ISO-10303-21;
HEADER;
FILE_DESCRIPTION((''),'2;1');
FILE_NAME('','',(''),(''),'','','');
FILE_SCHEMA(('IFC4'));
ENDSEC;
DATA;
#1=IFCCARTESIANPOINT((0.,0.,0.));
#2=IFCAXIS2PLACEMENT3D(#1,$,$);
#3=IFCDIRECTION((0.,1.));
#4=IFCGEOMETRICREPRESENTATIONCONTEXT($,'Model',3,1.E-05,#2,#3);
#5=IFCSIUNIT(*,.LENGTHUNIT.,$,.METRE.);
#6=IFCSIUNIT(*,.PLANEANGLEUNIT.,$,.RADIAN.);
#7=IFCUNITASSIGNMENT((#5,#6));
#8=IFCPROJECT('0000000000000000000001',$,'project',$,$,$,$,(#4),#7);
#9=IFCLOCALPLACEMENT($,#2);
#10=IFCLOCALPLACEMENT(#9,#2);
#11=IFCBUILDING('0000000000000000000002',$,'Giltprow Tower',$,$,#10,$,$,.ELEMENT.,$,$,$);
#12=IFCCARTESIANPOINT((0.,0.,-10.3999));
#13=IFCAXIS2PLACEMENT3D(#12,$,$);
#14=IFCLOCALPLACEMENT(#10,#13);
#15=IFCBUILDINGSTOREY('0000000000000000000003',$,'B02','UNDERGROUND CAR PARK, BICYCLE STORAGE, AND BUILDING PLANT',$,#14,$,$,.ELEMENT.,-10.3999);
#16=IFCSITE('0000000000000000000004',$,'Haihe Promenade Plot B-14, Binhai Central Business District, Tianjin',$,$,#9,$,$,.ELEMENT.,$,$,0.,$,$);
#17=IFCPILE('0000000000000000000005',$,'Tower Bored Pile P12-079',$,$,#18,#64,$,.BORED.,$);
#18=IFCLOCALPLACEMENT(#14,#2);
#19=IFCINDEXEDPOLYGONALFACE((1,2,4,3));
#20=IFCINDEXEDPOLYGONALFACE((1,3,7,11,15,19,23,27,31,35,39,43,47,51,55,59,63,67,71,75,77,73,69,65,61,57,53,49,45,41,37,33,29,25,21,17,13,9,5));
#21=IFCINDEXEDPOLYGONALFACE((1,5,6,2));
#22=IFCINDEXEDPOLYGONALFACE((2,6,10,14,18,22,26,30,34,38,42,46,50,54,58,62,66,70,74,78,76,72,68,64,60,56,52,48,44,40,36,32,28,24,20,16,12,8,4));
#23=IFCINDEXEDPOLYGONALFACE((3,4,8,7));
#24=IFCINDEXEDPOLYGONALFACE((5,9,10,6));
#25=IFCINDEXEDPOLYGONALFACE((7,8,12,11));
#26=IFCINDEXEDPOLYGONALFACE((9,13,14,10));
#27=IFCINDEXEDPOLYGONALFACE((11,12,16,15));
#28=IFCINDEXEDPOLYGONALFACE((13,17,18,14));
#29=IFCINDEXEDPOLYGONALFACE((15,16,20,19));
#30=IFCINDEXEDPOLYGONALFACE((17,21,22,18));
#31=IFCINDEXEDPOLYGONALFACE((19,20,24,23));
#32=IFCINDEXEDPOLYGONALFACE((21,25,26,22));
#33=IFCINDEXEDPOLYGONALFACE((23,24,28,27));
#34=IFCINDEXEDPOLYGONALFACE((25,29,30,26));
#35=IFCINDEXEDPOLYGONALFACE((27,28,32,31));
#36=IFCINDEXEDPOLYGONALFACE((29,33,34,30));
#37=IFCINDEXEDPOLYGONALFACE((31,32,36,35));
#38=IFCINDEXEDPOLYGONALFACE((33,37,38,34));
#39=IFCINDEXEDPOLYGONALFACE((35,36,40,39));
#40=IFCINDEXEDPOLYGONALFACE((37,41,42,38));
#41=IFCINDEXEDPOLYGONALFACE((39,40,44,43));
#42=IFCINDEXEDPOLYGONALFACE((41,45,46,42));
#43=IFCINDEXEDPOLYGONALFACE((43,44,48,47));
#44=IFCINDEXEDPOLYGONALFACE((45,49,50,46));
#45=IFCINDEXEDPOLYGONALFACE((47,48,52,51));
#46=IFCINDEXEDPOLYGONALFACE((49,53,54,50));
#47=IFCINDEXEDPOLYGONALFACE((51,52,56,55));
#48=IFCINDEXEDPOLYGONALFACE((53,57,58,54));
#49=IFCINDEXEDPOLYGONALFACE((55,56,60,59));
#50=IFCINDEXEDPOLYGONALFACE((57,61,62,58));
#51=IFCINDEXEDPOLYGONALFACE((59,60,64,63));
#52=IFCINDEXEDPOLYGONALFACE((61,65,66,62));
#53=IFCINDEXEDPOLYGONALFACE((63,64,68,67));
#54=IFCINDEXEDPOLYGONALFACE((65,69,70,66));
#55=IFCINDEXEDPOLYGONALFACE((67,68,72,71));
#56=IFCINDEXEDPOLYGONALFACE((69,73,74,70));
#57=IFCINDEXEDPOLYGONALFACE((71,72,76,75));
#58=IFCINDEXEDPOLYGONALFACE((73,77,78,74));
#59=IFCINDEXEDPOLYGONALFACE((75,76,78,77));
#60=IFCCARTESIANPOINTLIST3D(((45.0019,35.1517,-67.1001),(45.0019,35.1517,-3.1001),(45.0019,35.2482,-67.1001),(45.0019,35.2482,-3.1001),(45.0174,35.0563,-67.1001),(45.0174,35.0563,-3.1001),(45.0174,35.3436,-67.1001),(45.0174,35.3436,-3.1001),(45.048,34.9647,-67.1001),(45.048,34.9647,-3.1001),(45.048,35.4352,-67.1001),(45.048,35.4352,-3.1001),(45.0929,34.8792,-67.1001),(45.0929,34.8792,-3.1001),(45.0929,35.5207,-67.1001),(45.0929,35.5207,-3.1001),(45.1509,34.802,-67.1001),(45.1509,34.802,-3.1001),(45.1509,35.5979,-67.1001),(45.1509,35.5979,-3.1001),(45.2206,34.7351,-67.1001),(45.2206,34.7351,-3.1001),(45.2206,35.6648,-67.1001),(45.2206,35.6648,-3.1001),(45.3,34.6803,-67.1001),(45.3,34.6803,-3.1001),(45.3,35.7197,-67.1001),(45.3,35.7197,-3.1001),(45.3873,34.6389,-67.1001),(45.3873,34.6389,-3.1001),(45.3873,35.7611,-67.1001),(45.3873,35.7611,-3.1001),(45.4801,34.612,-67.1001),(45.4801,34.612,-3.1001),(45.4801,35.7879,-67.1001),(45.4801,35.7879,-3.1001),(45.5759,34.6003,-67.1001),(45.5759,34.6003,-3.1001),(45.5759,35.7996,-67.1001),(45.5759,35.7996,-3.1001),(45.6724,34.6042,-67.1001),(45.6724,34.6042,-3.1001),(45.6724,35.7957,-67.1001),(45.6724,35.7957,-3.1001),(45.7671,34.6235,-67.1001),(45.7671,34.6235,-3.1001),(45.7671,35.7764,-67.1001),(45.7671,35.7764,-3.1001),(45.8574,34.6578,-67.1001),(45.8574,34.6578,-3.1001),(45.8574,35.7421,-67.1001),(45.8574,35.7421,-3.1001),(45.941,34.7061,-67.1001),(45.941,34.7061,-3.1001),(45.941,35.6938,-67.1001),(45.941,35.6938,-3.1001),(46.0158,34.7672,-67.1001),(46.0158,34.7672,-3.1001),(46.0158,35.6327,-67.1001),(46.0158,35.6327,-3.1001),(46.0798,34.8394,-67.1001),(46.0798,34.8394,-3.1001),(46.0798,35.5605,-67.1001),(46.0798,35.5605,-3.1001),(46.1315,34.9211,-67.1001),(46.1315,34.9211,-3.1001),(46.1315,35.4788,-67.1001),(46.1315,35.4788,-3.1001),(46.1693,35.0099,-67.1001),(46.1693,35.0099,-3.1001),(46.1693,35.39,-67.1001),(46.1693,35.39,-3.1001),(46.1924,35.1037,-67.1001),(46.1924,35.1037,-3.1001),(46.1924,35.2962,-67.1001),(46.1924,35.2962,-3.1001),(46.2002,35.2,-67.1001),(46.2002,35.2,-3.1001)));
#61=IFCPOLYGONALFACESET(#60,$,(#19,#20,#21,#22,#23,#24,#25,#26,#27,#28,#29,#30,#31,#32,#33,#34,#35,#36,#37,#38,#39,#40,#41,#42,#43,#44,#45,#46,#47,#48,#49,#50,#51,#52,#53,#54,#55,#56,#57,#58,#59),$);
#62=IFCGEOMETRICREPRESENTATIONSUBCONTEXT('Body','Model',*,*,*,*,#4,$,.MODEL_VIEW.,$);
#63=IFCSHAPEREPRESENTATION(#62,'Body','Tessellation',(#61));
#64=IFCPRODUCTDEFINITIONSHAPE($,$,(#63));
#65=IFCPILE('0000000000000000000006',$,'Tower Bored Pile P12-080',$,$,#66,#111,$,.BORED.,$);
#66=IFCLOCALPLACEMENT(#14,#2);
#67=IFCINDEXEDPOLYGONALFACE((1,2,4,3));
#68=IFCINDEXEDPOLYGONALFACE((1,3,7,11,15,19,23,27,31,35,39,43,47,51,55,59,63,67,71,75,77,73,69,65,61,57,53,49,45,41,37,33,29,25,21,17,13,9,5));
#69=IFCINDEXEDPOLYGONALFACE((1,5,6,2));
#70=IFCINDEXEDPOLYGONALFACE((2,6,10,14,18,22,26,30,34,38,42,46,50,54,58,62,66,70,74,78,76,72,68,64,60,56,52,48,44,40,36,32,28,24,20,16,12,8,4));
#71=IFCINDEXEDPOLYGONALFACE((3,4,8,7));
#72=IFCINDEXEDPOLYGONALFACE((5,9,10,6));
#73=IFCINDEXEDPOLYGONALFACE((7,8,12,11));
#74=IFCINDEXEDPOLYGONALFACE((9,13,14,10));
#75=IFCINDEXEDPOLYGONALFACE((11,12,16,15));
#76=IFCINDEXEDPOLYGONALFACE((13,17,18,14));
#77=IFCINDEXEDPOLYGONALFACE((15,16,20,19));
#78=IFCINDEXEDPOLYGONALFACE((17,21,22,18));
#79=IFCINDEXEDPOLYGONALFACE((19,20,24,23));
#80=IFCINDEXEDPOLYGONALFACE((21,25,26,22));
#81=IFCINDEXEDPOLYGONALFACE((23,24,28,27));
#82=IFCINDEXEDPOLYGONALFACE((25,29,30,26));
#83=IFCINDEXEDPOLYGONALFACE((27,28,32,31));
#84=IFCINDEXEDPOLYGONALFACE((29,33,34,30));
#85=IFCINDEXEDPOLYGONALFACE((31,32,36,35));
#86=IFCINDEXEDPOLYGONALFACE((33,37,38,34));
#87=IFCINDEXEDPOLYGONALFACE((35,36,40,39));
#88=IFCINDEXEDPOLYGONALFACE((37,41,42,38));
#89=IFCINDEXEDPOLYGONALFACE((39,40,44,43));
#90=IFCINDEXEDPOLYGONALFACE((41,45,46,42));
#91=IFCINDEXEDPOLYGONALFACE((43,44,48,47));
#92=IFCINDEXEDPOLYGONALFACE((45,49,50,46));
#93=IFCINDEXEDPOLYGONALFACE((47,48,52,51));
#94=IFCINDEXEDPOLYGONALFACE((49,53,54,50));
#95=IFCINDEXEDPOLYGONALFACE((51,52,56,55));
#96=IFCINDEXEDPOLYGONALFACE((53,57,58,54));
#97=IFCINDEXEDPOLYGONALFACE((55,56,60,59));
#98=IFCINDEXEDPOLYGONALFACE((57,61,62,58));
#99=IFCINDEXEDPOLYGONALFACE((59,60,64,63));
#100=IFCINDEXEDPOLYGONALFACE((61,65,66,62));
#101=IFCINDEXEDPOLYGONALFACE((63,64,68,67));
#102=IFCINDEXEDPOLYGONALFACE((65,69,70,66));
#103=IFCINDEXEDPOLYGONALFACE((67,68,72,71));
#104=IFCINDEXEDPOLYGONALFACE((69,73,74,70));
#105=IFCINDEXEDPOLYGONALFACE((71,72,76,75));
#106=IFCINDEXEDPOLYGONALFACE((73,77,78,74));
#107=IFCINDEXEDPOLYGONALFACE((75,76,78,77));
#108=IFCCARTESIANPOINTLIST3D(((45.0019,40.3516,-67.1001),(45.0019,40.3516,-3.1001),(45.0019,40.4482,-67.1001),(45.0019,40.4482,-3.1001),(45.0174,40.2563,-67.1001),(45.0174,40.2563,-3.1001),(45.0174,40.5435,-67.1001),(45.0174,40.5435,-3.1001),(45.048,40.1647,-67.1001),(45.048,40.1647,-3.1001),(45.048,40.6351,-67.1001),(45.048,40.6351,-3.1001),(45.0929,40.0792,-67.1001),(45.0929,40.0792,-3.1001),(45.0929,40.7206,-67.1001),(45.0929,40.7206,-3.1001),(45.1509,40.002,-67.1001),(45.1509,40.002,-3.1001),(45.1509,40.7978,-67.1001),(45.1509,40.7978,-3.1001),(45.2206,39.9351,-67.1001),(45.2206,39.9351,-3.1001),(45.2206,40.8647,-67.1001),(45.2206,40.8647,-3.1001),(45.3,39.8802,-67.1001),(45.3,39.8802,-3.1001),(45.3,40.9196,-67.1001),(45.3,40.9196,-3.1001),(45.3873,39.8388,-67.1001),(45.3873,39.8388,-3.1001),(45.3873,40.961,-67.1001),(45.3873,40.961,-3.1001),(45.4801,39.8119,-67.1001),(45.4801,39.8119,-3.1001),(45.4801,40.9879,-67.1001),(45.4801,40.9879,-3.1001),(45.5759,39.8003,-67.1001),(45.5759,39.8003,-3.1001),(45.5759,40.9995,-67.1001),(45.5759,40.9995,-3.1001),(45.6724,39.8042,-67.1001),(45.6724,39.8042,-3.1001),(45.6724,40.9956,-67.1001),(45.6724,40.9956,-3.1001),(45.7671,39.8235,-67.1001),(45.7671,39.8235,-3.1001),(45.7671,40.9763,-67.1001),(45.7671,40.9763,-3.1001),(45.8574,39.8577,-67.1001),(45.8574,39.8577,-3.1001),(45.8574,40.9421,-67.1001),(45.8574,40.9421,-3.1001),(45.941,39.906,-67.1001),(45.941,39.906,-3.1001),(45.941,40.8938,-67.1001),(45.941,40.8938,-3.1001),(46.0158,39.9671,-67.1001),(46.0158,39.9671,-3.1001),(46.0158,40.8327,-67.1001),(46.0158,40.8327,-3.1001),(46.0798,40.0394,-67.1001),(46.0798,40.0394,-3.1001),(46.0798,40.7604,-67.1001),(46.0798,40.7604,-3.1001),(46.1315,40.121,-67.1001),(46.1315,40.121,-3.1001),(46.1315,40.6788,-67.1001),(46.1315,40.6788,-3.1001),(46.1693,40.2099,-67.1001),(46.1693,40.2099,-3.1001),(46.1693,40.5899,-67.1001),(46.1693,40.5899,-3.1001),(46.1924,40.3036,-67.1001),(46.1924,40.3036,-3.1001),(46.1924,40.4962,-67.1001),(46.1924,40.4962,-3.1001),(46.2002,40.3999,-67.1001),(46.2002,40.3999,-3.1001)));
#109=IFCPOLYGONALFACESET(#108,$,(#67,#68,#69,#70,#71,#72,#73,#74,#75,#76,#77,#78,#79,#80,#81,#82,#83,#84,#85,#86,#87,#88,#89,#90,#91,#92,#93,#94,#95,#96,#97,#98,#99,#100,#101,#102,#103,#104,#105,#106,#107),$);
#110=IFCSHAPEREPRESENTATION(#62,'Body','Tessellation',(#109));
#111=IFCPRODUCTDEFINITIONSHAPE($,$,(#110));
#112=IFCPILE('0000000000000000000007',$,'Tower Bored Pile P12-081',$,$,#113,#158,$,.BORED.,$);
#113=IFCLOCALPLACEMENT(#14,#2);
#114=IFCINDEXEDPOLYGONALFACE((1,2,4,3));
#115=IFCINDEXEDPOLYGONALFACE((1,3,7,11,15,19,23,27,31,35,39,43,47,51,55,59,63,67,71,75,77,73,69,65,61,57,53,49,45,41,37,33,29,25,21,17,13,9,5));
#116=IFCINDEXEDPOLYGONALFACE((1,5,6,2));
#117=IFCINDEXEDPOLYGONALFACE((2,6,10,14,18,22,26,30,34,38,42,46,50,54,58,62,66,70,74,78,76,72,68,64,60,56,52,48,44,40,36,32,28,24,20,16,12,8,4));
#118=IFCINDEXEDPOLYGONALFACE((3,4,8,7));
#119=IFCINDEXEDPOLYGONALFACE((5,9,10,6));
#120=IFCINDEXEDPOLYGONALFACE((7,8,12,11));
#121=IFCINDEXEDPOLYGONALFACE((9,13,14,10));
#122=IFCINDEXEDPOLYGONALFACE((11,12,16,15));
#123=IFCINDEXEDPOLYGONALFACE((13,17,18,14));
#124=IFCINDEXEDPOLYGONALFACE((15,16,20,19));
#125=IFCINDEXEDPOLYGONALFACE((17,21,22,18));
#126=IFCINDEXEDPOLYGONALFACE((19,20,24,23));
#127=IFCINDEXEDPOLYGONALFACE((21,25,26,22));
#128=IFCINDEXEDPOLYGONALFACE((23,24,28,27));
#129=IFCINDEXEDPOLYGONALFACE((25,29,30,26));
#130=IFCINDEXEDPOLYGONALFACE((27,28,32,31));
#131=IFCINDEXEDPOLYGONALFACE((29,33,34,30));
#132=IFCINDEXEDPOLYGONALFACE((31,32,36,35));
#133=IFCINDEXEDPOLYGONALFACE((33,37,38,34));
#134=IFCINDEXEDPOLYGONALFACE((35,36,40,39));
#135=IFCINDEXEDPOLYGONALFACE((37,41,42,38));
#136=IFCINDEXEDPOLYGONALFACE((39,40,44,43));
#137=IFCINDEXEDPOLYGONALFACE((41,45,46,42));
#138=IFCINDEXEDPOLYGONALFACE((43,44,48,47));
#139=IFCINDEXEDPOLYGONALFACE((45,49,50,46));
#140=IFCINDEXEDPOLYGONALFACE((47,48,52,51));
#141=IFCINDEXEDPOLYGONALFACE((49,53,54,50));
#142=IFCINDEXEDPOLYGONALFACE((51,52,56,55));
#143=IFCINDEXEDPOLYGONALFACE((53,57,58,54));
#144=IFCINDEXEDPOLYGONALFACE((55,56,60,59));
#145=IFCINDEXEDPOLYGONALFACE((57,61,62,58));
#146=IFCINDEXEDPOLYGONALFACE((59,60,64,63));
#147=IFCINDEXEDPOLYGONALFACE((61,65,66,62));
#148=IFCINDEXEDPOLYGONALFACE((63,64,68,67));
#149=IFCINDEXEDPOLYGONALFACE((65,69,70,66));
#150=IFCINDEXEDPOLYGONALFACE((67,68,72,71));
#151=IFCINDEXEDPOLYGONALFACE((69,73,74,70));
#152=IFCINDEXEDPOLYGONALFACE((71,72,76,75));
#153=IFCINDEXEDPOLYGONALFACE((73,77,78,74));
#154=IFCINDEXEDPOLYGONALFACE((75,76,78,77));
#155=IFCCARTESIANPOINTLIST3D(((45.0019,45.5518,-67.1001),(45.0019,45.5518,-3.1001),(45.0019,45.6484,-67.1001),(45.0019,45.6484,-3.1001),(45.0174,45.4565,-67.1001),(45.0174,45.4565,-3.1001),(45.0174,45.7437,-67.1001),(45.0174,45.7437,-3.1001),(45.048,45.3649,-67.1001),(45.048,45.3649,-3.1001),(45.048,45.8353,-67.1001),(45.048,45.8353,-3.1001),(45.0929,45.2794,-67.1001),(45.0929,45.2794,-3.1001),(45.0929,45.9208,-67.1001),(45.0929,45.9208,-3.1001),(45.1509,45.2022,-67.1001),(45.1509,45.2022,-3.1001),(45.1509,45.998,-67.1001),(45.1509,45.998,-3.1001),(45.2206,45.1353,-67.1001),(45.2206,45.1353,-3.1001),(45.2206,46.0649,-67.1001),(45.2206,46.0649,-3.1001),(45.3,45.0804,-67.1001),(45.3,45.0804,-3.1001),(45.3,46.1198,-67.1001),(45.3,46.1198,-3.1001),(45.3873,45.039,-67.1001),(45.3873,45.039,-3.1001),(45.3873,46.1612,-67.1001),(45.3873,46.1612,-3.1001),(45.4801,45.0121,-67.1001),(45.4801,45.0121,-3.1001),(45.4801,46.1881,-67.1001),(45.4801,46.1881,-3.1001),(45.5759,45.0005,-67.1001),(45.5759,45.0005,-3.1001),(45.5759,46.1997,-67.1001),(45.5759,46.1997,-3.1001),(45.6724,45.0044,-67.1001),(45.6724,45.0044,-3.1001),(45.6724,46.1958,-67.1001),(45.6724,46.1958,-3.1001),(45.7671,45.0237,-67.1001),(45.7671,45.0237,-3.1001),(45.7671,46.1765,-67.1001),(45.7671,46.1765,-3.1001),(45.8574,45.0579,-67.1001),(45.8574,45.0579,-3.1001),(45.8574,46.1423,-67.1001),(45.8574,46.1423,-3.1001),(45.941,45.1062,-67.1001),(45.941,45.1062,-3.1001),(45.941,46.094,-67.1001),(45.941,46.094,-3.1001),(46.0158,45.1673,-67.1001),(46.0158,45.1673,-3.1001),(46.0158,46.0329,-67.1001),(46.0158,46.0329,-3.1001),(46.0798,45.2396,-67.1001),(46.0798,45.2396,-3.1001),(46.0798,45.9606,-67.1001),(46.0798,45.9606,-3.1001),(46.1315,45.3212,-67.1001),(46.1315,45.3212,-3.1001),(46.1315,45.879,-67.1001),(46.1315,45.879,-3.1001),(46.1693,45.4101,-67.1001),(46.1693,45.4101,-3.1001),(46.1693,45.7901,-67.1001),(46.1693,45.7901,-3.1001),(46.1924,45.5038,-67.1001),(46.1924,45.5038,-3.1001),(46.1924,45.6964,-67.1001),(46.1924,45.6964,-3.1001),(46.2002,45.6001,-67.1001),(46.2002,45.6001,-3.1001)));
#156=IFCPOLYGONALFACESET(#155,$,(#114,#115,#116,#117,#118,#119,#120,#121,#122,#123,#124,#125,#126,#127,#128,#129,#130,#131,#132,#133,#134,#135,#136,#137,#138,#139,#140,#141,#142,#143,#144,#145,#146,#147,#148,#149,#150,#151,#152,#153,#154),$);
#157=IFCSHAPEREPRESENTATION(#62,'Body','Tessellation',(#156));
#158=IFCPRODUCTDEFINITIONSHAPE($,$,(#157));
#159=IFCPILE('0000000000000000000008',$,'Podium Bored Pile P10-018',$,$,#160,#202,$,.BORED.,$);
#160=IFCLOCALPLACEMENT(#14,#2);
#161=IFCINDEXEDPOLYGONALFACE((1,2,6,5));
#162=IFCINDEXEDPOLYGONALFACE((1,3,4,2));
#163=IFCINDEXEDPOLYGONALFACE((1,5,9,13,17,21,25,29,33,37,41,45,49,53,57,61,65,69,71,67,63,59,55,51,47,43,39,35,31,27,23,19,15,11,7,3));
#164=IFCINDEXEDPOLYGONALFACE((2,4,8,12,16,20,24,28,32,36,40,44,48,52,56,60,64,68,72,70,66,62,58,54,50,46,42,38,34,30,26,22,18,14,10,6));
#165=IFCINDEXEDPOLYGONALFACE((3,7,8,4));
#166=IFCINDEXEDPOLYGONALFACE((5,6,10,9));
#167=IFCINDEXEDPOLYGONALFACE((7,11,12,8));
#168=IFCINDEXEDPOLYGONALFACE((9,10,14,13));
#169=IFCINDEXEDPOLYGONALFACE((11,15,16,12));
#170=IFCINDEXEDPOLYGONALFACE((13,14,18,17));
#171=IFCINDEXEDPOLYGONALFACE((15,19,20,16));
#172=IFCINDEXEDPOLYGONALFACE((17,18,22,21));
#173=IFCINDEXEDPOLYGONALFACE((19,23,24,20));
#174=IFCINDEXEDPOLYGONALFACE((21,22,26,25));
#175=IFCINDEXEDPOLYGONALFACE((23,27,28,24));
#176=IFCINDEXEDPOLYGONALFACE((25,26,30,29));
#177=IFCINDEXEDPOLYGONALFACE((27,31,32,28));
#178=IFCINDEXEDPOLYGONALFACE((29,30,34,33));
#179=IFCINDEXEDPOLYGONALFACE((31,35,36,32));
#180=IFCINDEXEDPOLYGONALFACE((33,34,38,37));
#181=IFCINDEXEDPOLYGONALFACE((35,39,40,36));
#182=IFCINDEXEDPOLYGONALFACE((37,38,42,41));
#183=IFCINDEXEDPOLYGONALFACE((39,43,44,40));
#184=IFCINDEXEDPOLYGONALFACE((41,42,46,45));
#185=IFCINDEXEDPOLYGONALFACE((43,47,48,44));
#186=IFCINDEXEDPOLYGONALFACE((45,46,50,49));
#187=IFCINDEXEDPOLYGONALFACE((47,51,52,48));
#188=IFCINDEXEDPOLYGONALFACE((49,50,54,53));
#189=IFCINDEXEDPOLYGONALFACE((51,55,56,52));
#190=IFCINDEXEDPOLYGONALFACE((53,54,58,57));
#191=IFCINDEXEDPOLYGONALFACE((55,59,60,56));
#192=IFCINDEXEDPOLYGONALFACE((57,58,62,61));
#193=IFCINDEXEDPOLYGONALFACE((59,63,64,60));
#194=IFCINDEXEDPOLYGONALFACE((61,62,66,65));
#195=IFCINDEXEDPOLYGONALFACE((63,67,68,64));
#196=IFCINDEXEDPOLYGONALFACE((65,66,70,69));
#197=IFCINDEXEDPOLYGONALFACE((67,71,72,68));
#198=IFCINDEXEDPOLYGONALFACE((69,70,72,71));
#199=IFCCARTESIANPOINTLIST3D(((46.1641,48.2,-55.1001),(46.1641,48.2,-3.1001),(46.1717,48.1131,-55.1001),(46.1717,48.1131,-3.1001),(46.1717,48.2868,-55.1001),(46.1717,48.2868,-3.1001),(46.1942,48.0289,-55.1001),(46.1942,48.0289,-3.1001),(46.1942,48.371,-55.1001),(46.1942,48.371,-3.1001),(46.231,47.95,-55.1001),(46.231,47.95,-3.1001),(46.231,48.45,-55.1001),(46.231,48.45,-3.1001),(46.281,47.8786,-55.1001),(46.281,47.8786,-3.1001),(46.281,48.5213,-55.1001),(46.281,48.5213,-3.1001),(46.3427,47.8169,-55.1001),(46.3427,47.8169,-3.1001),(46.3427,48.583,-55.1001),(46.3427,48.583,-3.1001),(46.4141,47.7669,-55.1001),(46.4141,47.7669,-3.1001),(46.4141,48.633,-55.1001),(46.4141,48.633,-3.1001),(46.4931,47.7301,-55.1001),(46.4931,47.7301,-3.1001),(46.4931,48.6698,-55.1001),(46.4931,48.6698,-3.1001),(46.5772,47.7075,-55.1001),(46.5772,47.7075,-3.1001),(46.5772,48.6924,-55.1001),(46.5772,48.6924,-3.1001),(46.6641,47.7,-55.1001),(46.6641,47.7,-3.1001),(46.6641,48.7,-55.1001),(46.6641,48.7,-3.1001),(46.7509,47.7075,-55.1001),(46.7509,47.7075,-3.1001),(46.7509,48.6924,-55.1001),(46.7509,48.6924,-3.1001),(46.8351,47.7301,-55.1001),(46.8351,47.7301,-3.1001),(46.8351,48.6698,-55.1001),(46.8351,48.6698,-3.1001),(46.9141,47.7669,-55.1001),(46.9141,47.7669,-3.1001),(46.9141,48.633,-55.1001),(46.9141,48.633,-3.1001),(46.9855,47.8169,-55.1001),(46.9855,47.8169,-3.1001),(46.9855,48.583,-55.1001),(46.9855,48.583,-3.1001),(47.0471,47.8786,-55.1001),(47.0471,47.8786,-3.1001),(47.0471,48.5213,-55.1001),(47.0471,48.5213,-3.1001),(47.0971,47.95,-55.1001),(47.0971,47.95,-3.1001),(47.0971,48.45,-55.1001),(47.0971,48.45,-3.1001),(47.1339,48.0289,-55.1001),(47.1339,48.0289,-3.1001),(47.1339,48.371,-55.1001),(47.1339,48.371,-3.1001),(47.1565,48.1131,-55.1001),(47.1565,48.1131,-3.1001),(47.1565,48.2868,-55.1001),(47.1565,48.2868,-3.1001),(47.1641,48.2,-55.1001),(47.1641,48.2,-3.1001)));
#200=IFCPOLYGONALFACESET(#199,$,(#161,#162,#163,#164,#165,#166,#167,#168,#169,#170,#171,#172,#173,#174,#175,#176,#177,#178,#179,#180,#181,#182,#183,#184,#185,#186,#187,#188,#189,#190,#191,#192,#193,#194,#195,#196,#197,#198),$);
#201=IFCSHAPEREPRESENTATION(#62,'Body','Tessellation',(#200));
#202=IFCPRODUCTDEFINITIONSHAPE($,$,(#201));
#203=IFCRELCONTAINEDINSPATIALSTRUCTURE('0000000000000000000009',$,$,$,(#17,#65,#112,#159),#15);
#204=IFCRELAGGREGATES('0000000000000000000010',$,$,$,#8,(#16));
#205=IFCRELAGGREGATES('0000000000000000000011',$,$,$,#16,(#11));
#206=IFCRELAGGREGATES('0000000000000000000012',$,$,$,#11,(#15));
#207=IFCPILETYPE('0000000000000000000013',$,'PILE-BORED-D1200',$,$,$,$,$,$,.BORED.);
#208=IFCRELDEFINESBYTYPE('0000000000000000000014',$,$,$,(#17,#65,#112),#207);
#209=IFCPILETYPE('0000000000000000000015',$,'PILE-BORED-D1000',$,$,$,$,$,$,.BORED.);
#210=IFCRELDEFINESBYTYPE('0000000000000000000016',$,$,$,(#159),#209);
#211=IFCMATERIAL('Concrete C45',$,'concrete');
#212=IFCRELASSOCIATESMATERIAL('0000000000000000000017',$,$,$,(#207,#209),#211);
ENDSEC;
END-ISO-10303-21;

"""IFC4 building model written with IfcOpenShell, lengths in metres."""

from ifc_helpers import new_model, si_unit, direction, frame, origin, origin_2d, place, context, subcontext, project, spatial, circle, extrude, source, transform, mapped, material, material_profile, profile_set, type_object, element, save


model = new_model("IFC4")

# Units and contexts
model_context = context("Model", 3, precision=1e-05, world=origin(), true_north=direction((0.0, 1.0)))
body_context = subcontext(model_context, "Body", "Model", "MODEL_VIEW")
ifc_project = project(units=[si_unit("LENGTHUNIT", "METRE"), si_unit("PLANEANGLEUNIT", "RADIAN")], contexts=[model_context])

# Site, building, storey
site_placement = place(None, origin())
site = spatial("IfcSite", under=ifc_project, at=site_placement, Name="Haihe Promenade Plot B-14, Binhai Central Business District, Tianjin", CompositionType="ELEMENT", RefElevation=0.0)
building_placement = place(site_placement, origin())
building = spatial("IfcBuilding", under=site, at=building_placement, Name="Giltprow Tower", CompositionType="ELEMENT")
storey_placement = place(building_placement, frame((0.0, 0.0, -10.3999)))
storey = spatial("IfcBuildingStorey", under=building, at=storey_placement, Name="B02", Description="UNDERGROUND CAR PARK, BICYCLE STORAGE, AND BUILDING PLANT", CompositionType="ELEMENT", Elevation=-10.3999)

# Piles
ifc_material_1 = material(Name="Concrete C45", Category="concrete")
ifc_material_profile_1 = material_profile(ifc_material_1, circle(Radius=0.6001, at=origin_2d()), Name="PILE D1200")
ifc_profile_set_1 = profile_set([ifc_material_profile_1], Name="Concrete C45")
pile_type_1 = type_object("IfcPileType", Name="PILE-BORED-D1200", PredefinedType="BORED", material=ifc_profile_set_1)
shared_shape_1 = source(origin(), body_context, "Body", "SweptSolid", [
    extrude(circle(Radius=0.6001, at=origin_2d()), origin(), (0.0, 0.0, 1.0), 64.0),
])
for number, where, z_axis, x_axis, name in (
    (1, (45.6001, 35.2, -3.1001), (0.0, 0.0, -1.0), (1.0, 0.0, 0.0), "Tower Bored Pile P12-079"),
    (2, (45.6001, 40.3999, -3.1001), (0.0, 0.0, -1.0), (1.0, 0.0, 0.0), "Tower Bored Pile P12-080"),
    (3, (45.6001, 45.6001, -3.1001), (0.0, 0.0, -1.0), (1.0, 0.0, 0.0), "Tower Bored Pile P12-081"),
):
    element("IfcPile", number, at=place(storey_placement, frame(where, z_axis=z_axis, x_axis=x_axis)), inside=storey, type_object=pile_type_1, Name=name, PredefinedType="BORED", context=body_context, shape_type="MappedRepresentation", body=[
        mapped(shared_shape_1, transform((0.0, 0.0, 0.0), x_axis=(1.0, 0.0, 0.0), y_axis=(0.0, 1.0, 0.0), z_axis=(0.0, 0.0, 1.0), scale=1.0)),
    ])
ifc_material_profile_2 = material_profile(ifc_material_1, circle(Radius=0.5, at=origin_2d()), Name="PILE D1000")
ifc_profile_set_2 = profile_set([ifc_material_profile_2], Name="Concrete C45")
pile_type_2 = type_object("IfcPileType", Name="PILE-BORED-D1000", PredefinedType="BORED", material=ifc_profile_set_2)
shared_shape_2 = source(origin(), body_context, "Body", "SweptSolid", [
    extrude(circle(Radius=0.5, at=origin_2d()), origin(), (0.0, 0.0, 1.0), 52.0),
])
pile_placement = place(storey_placement, frame((46.6641, 48.2, -3.1001), z_axis=(0.0, 0.0, -1.0), x_axis=(1.0, 0.0, 0.0)))
element("IfcPile", 4, at=pile_placement, inside=storey, type_object=pile_type_2, Name="Podium Bored Pile P10-018", PredefinedType="BORED", context=body_context, shape_type="MappedRepresentation", body=[
    mapped(shared_shape_2, transform((0.0, 0.0, 0.0), x_axis=(1.0, 0.0, 0.0), y_axis=(0.0, 1.0, 0.0), z_axis=(0.0, 0.0, 1.0), scale=1.0)),
])

save(model, "model.ifc")
